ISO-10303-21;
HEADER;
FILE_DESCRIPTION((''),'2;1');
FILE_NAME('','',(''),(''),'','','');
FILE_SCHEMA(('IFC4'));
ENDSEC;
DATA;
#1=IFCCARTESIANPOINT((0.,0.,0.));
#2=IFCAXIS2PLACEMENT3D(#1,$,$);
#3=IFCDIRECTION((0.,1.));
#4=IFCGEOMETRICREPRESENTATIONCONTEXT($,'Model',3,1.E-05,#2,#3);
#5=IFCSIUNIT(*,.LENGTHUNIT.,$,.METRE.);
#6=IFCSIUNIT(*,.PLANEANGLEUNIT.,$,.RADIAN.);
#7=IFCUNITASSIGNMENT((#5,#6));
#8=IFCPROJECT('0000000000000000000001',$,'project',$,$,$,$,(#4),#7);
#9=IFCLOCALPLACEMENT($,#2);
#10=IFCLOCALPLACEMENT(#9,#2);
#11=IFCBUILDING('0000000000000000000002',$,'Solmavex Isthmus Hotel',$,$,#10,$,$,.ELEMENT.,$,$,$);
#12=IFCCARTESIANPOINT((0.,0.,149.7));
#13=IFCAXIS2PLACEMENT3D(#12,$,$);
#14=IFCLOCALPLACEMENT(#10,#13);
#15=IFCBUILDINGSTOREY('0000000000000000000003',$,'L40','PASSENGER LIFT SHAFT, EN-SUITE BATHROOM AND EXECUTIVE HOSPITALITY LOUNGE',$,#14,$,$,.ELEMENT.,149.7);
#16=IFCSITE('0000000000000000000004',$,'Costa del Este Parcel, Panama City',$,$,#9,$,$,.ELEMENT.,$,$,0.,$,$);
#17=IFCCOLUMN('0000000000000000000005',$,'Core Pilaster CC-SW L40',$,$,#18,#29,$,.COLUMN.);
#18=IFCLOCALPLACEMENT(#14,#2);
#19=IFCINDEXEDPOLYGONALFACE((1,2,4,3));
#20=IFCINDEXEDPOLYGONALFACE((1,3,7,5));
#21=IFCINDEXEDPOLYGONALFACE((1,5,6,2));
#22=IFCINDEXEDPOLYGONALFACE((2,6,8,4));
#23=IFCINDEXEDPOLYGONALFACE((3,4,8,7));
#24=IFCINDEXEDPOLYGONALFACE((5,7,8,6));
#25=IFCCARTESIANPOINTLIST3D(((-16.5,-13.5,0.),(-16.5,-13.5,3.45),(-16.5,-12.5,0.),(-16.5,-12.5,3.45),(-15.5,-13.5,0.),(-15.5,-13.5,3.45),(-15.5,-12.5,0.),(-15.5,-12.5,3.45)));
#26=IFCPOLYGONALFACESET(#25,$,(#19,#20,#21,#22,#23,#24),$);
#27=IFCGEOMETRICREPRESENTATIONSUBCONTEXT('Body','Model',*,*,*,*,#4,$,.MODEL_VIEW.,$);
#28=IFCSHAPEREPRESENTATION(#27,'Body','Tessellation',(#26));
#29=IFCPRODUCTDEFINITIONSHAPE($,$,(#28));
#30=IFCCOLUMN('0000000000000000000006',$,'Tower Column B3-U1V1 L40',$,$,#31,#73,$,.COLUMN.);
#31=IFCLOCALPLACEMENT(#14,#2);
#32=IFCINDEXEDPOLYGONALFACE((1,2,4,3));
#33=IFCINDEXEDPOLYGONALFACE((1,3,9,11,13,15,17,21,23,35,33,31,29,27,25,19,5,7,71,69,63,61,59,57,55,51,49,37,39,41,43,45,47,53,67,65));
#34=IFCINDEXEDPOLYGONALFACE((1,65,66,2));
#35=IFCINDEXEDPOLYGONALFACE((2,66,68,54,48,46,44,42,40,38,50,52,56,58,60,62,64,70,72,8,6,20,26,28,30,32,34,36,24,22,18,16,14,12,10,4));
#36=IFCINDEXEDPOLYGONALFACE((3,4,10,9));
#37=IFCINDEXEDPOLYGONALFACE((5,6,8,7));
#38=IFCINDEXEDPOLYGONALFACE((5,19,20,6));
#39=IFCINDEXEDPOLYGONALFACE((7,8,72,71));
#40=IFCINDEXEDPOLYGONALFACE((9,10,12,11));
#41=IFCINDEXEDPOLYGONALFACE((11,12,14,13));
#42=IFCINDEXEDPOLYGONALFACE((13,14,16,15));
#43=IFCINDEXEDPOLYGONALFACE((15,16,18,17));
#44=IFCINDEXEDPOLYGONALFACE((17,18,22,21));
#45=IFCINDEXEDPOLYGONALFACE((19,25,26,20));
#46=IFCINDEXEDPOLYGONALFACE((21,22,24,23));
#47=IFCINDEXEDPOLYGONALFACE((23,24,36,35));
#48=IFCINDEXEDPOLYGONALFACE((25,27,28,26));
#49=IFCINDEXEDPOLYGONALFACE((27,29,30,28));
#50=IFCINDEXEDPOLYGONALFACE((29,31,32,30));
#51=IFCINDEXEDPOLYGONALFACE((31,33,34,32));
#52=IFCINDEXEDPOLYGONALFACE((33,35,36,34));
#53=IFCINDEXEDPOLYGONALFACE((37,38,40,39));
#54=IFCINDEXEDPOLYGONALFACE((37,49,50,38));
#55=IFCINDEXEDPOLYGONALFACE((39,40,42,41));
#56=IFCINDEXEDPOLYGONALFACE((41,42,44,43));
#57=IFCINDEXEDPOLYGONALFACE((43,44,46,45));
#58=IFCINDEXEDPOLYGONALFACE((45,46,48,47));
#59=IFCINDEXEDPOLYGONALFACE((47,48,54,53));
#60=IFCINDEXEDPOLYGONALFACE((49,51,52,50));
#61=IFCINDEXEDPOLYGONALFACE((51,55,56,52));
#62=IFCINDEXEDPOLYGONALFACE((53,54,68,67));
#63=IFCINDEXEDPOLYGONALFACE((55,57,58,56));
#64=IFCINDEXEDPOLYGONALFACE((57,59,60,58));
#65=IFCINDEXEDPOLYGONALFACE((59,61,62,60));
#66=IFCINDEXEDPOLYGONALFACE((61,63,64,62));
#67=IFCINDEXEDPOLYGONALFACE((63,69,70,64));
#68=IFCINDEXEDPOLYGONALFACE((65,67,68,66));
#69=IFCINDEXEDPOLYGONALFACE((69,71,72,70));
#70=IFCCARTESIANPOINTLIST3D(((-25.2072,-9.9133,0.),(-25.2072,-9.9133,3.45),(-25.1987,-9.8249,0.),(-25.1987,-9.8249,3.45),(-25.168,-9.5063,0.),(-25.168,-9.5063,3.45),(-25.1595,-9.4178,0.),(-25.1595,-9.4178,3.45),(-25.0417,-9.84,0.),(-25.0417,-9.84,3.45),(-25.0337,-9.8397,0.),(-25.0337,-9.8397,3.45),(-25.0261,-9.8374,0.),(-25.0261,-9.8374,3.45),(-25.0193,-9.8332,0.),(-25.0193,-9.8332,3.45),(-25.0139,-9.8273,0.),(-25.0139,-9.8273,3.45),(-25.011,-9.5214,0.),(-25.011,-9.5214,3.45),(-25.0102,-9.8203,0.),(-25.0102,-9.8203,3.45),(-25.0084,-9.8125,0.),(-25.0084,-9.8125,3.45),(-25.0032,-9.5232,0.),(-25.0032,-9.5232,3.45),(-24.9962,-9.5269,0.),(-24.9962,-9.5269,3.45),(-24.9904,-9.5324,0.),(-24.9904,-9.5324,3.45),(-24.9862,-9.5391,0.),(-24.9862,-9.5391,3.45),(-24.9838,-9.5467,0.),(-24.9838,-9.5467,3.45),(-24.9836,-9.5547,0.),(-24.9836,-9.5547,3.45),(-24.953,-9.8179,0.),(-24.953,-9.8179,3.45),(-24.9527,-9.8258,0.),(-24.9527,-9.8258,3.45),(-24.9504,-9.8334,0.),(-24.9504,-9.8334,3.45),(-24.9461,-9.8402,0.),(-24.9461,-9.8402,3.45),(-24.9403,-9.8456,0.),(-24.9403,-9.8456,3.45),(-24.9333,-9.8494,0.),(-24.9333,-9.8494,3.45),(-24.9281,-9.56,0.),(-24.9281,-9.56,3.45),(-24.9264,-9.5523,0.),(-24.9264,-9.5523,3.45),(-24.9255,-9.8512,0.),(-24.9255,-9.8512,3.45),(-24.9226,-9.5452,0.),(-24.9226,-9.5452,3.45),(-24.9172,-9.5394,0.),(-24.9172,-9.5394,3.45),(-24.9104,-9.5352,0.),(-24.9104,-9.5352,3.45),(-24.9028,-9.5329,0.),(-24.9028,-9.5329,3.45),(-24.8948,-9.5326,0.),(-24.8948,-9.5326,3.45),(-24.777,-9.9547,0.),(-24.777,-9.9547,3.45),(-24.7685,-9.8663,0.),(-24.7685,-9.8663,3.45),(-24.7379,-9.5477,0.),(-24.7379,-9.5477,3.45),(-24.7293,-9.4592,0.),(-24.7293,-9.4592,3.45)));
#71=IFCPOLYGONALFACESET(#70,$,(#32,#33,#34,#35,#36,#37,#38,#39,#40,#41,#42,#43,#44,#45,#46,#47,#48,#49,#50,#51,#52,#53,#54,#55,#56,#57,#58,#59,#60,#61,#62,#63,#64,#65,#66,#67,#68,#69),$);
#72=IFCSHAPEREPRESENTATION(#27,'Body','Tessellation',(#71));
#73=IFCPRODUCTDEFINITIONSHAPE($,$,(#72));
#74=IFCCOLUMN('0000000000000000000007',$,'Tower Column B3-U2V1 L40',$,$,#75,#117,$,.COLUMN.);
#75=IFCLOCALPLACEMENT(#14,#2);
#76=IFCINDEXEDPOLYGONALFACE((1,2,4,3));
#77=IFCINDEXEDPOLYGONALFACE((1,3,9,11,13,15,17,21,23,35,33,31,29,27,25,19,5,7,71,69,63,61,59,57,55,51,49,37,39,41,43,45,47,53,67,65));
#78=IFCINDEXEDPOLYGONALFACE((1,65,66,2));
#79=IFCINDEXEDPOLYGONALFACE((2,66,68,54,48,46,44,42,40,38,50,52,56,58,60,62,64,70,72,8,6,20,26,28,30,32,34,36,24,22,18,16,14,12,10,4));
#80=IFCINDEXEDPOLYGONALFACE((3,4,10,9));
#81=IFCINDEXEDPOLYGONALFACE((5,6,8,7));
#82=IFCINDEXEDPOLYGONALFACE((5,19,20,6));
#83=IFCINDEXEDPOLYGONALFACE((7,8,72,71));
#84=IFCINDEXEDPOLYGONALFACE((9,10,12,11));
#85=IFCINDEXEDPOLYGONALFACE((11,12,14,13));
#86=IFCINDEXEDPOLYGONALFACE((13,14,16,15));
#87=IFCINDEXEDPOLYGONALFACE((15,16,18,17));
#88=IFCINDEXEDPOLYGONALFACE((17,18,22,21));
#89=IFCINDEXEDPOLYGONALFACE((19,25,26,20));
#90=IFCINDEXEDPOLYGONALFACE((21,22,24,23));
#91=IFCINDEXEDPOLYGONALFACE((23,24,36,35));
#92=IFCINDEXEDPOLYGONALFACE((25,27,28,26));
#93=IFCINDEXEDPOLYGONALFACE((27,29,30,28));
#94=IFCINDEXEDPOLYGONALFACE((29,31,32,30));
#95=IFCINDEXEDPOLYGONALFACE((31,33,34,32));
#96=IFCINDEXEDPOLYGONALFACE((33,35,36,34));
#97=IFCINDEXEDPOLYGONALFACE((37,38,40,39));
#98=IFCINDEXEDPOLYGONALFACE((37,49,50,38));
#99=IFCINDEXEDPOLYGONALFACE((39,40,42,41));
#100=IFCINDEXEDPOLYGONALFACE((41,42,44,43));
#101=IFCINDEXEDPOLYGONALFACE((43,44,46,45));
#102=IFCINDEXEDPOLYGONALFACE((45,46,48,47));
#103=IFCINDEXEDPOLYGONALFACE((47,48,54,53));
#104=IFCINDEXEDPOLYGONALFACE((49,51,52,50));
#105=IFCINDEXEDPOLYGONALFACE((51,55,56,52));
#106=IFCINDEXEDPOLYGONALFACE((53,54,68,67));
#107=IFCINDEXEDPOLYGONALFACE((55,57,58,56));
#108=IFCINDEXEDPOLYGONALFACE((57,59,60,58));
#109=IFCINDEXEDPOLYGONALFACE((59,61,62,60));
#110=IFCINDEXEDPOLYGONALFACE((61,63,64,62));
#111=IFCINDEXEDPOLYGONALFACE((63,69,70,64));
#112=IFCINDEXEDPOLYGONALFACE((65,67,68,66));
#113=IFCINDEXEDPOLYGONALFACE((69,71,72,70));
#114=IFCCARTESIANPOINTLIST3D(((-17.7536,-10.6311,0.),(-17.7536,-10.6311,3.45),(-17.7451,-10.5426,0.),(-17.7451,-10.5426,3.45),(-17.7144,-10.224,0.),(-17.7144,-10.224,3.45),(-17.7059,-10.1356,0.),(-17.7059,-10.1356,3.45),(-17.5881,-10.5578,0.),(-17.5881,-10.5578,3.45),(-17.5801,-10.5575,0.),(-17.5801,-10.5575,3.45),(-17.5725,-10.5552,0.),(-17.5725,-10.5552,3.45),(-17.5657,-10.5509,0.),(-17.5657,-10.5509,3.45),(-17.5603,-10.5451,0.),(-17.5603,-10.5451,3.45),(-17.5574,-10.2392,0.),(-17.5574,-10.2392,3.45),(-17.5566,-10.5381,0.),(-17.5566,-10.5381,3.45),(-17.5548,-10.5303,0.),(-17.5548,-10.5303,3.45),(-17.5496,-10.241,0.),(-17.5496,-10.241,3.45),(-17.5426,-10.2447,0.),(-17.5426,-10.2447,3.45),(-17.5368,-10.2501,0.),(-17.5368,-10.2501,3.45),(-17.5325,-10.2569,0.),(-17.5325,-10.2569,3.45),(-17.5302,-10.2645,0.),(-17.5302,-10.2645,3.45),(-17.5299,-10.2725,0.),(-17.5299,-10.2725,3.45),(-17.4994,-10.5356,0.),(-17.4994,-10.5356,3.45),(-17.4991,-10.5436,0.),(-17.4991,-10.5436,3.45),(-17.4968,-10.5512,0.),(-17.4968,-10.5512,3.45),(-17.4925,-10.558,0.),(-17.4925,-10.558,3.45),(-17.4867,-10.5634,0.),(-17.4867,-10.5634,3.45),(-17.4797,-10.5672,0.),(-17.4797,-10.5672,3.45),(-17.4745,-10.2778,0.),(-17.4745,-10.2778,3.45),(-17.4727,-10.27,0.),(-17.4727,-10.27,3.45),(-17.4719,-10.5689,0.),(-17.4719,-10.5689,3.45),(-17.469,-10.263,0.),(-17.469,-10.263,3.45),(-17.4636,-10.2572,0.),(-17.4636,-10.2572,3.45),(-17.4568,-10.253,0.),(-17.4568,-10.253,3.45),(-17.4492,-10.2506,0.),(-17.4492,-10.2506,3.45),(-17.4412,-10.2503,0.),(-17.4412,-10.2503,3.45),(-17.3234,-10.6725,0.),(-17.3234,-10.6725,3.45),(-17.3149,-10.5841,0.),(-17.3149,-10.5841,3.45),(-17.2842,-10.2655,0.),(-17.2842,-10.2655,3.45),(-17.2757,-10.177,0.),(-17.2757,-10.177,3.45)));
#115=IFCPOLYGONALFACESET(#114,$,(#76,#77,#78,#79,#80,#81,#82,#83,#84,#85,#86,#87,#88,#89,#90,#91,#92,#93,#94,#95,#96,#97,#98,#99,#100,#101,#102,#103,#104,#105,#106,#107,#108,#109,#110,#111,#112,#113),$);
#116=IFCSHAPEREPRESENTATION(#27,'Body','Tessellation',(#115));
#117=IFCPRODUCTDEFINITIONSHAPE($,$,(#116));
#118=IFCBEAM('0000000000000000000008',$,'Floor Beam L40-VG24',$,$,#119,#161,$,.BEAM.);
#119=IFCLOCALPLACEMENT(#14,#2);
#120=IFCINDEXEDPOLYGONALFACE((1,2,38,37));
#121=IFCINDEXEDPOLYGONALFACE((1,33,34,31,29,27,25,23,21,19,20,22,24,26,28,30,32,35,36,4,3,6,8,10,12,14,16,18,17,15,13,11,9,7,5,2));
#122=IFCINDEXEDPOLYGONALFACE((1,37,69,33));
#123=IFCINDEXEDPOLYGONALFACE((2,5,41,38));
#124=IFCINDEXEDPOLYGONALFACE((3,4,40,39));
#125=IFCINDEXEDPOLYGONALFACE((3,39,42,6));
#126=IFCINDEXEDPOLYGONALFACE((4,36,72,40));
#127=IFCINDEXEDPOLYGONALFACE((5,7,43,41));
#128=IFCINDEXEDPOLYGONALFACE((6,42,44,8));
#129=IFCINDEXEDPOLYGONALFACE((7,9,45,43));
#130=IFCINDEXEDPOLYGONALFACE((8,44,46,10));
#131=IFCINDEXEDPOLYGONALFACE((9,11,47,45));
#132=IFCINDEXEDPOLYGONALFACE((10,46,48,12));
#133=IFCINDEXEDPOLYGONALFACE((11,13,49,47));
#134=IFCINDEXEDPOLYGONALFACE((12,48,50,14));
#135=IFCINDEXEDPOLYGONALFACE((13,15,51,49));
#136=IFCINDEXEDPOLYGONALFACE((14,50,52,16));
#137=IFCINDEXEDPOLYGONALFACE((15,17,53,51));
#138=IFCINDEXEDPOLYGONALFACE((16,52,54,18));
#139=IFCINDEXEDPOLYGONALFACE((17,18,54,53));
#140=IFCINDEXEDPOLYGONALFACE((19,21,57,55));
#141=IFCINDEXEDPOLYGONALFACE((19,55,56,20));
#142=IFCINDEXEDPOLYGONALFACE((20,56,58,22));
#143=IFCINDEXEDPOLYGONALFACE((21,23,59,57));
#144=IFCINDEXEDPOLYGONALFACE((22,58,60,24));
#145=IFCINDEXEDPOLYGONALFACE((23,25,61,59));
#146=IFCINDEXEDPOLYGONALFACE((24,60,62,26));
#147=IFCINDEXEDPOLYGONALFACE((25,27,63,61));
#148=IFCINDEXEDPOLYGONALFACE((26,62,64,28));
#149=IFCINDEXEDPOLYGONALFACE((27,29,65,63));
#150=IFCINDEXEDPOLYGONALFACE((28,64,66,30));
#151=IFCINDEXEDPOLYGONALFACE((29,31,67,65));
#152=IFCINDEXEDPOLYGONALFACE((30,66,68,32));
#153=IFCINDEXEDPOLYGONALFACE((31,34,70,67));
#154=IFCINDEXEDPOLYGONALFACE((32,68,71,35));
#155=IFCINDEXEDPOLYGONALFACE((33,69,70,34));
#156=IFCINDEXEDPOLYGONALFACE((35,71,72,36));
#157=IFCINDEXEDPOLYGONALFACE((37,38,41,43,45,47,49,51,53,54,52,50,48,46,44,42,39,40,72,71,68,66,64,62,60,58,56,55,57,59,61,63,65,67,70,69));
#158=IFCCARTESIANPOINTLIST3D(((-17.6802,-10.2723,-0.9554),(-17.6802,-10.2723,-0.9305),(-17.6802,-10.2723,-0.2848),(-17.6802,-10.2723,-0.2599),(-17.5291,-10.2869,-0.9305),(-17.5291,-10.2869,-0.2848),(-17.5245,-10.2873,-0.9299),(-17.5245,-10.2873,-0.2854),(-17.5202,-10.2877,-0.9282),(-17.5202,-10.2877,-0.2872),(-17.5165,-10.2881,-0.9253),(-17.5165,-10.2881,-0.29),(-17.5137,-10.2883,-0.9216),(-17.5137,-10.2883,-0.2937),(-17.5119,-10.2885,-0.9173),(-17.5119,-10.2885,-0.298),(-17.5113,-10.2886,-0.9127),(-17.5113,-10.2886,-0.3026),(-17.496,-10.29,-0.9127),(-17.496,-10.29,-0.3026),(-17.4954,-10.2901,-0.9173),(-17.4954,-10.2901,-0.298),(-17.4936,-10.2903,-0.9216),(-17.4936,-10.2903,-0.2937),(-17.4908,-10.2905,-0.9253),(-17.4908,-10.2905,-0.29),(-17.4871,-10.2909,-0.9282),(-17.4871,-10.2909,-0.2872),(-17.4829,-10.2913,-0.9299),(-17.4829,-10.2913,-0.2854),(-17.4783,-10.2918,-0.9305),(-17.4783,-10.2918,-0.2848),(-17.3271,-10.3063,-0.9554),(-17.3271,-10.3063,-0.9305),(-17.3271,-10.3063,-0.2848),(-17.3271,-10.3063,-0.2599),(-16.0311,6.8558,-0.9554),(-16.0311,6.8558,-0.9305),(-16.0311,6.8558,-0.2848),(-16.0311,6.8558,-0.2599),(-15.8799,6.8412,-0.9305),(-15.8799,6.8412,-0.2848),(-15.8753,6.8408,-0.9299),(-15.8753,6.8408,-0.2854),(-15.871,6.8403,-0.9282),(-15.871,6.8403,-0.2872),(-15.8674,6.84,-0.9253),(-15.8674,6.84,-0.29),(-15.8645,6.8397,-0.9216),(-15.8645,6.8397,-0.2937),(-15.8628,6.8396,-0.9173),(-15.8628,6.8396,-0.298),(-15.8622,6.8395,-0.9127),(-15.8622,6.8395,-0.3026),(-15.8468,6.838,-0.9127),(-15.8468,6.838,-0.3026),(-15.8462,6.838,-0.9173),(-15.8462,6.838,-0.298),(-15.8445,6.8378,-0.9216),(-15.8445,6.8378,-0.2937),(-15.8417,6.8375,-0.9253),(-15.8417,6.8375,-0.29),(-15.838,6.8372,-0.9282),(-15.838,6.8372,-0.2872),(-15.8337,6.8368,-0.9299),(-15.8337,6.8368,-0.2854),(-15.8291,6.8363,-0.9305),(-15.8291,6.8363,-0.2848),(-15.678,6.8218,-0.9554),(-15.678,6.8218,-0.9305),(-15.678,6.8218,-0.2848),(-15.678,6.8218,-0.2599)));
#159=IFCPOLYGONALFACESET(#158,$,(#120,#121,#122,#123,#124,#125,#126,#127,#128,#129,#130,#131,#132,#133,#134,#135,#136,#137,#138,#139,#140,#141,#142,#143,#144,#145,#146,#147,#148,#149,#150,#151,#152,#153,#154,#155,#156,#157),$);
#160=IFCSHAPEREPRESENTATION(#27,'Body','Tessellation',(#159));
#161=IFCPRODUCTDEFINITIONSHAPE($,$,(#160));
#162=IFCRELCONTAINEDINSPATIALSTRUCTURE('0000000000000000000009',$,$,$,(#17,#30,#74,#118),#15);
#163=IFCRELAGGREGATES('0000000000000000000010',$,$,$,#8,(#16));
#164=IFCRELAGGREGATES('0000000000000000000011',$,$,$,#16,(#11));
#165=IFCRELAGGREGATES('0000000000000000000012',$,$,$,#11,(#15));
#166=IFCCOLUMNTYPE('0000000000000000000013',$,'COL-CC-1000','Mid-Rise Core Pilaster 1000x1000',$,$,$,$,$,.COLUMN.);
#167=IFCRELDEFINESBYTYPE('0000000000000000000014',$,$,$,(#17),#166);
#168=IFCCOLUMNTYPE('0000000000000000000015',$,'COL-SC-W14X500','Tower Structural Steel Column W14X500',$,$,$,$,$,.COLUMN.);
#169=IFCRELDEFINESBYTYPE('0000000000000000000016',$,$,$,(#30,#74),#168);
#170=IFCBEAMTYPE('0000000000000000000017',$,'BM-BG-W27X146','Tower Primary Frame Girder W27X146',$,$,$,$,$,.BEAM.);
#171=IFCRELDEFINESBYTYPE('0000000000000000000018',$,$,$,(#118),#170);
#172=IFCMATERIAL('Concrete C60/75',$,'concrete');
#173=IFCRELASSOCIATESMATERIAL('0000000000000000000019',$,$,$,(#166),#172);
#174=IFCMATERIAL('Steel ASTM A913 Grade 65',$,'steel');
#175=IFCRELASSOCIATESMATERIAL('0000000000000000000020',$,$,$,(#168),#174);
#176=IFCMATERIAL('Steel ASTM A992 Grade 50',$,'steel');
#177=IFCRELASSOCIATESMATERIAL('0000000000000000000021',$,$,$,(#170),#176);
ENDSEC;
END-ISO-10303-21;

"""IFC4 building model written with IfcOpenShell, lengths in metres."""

from ifc_helpers import new_model, si_unit, direction, frame, origin, origin_2d, place, context, subcontext, project, spatial, rectangle, i_section, extrude, material, material_profile, profile_set, type_object, element, save


model = new_model("IFC4")

# Units and contexts
model_context = context("Model", 3, precision=1e-05, world=origin(), true_north=direction((0.0, 1.0)))
body_context = subcontext(model_context, "Body", "Model", "MODEL_VIEW")
ifc_project = project(units=[si_unit("LENGTHUNIT", "METRE"), si_unit("PLANEANGLEUNIT", "RADIAN")], contexts=[model_context])

# Site, building, storey
site_placement = place(None, origin())
site = spatial("IfcSite", under=ifc_project, at=site_placement, Name="Costa del Este Parcel, Panama City", CompositionType="ELEMENT", RefElevation=0.0)
building_placement = place(site_placement, origin())
building = spatial("IfcBuilding", under=site, at=building_placement, Name="Solmavex Isthmus Hotel", CompositionType="ELEMENT")
storey_placement = place(building_placement, frame((0.0, 0.0, 149.7)))
storey = spatial("IfcBuildingStorey", under=building, at=storey_placement, Name="L40", Description="PASSENGER LIFT SHAFT, EN-SUITE BATHROOM AND EXECUTIVE HOSPITALITY LOUNGE", CompositionType="ELEMENT", Elevation=149.7)

# Columns
ifc_material_1 = material(Name="Concrete C60/75", Category="concrete")
ifc_material_profile_1 = material_profile(ifc_material_1, rectangle(XDim=1.0, YDim=1.0, at=origin_2d()), Name="RC1000X1000")
ifc_profile_set_1 = profile_set([ifc_material_profile_1], Name="Concrete C60/75")
column_type_1 = type_object("IfcColumnType", Name="COL-CC-1000", Description="Mid-Rise Core Pilaster 1000x1000", PredefinedType="COLUMN", material=ifc_profile_set_1)
column_placement = place(storey_placement, frame((-16.0, -13.0, 0.0), z_axis=(0.0, 0.0, 1.0), x_axis=(1.0, 0.0, 0.0)))
element("IfcColumn", 1, at=column_placement, inside=storey, type_object=column_type_1, Name="Core Pilaster CC-SW L40", PredefinedType="COLUMN", context=body_context, shape_type="SweptSolid", body=[
    extrude(rectangle(XDim=1.0, YDim=1.0, at=origin_2d()), origin(), (0.0, 0.0, 1.0), 3.45),
])
ifc_material_2 = material(Name="Steel ASTM A913 Grade 65", Category="steel")
ifc_material_profile_2 = material_profile(ifc_material_2, i_section(OverallWidth=0.4321, OverallDepth=0.4978, WebThickness=0.0557, FlangeThickness=0.0889, FilletRadius=0.0305, at=origin_2d()), Name="W14X500")
ifc_profile_set_2 = profile_set([ifc_material_profile_2], Name="Steel ASTM A913 Grade 65")
column_type_2 = type_object("IfcColumnType", Name="COL-SC-W14X500", Description="Tower Structural Steel Column W14X500", PredefinedType="COLUMN", material=ifc_profile_set_2)
for number, where, z_axis, x_axis, name in (
    (2, (-24.9683, -9.6863, 0.0), (0.0, 0.0, 1.0), (0.995396, -0.095846, 0.0), "Tower Column B3-U1V1 L40"),
    (3, (-17.5146, -10.4041, 0.0), (0.0, 0.0, 1.0), (0.995396, -0.095846, 0.0), "Tower Column B3-U2V1 L40"),
):
    element("IfcColumn", number, at=place(storey_placement, frame(where, z_axis=z_axis, x_axis=x_axis)), inside=storey, type_object=column_type_2, Name=name, PredefinedType="COLUMN", context=body_context, shape_type="SweptSolid", body=[
        extrude(i_section(OverallWidth=0.4321, OverallDepth=0.4978, WebThickness=0.0557, FlangeThickness=0.0889, FilletRadius=0.0305, at=origin_2d()), origin(), (0.0, 0.0, 1.0), 3.45),
    ])

# Beam
ifc_material_3 = material(Name="Steel ASTM A992 Grade 50", Category="steel")
ifc_material_profile_3 = material_profile(ifc_material_3, i_section(OverallWidth=0.3547, OverallDepth=0.6956, WebThickness=0.0154, FlangeThickness=0.0249, FilletRadius=0.0178, at=origin_2d()), Name="W27X146")
ifc_profile_set_3 = profile_set([ifc_material_profile_3], Name="Steel ASTM A992 Grade 50")
beam_type_1 = type_object("IfcBeamType", Name="BM-BG-W27X146", Description="Tower Primary Frame Girder W27X146", PredefinedType="BEAM", material=ifc_profile_set_3)
beam_1_placement = place(storey_placement, frame((-17.5037, -10.2893, -0.6077), z_axis=(0.095841, 0.995397, 0.0), x_axis=(-0.995397, 0.095841, 0.0)))
element("IfcBeam", 4, at=beam_1_placement, inside=storey, type_object=beam_type_1, Name="Floor Beam L40-VG24", PredefinedType="BEAM", context=body_context, shape_type="SweptSolid", body=[
    extrude(i_section(OverallWidth=0.3547, OverallDepth=0.6956, WebThickness=0.0154, FlangeThickness=0.0249, FilletRadius=0.0178, at=origin_2d()), origin(), (0.0, 0.0, 1.0), 17.2073),
])

save(model, "model.ifc")
